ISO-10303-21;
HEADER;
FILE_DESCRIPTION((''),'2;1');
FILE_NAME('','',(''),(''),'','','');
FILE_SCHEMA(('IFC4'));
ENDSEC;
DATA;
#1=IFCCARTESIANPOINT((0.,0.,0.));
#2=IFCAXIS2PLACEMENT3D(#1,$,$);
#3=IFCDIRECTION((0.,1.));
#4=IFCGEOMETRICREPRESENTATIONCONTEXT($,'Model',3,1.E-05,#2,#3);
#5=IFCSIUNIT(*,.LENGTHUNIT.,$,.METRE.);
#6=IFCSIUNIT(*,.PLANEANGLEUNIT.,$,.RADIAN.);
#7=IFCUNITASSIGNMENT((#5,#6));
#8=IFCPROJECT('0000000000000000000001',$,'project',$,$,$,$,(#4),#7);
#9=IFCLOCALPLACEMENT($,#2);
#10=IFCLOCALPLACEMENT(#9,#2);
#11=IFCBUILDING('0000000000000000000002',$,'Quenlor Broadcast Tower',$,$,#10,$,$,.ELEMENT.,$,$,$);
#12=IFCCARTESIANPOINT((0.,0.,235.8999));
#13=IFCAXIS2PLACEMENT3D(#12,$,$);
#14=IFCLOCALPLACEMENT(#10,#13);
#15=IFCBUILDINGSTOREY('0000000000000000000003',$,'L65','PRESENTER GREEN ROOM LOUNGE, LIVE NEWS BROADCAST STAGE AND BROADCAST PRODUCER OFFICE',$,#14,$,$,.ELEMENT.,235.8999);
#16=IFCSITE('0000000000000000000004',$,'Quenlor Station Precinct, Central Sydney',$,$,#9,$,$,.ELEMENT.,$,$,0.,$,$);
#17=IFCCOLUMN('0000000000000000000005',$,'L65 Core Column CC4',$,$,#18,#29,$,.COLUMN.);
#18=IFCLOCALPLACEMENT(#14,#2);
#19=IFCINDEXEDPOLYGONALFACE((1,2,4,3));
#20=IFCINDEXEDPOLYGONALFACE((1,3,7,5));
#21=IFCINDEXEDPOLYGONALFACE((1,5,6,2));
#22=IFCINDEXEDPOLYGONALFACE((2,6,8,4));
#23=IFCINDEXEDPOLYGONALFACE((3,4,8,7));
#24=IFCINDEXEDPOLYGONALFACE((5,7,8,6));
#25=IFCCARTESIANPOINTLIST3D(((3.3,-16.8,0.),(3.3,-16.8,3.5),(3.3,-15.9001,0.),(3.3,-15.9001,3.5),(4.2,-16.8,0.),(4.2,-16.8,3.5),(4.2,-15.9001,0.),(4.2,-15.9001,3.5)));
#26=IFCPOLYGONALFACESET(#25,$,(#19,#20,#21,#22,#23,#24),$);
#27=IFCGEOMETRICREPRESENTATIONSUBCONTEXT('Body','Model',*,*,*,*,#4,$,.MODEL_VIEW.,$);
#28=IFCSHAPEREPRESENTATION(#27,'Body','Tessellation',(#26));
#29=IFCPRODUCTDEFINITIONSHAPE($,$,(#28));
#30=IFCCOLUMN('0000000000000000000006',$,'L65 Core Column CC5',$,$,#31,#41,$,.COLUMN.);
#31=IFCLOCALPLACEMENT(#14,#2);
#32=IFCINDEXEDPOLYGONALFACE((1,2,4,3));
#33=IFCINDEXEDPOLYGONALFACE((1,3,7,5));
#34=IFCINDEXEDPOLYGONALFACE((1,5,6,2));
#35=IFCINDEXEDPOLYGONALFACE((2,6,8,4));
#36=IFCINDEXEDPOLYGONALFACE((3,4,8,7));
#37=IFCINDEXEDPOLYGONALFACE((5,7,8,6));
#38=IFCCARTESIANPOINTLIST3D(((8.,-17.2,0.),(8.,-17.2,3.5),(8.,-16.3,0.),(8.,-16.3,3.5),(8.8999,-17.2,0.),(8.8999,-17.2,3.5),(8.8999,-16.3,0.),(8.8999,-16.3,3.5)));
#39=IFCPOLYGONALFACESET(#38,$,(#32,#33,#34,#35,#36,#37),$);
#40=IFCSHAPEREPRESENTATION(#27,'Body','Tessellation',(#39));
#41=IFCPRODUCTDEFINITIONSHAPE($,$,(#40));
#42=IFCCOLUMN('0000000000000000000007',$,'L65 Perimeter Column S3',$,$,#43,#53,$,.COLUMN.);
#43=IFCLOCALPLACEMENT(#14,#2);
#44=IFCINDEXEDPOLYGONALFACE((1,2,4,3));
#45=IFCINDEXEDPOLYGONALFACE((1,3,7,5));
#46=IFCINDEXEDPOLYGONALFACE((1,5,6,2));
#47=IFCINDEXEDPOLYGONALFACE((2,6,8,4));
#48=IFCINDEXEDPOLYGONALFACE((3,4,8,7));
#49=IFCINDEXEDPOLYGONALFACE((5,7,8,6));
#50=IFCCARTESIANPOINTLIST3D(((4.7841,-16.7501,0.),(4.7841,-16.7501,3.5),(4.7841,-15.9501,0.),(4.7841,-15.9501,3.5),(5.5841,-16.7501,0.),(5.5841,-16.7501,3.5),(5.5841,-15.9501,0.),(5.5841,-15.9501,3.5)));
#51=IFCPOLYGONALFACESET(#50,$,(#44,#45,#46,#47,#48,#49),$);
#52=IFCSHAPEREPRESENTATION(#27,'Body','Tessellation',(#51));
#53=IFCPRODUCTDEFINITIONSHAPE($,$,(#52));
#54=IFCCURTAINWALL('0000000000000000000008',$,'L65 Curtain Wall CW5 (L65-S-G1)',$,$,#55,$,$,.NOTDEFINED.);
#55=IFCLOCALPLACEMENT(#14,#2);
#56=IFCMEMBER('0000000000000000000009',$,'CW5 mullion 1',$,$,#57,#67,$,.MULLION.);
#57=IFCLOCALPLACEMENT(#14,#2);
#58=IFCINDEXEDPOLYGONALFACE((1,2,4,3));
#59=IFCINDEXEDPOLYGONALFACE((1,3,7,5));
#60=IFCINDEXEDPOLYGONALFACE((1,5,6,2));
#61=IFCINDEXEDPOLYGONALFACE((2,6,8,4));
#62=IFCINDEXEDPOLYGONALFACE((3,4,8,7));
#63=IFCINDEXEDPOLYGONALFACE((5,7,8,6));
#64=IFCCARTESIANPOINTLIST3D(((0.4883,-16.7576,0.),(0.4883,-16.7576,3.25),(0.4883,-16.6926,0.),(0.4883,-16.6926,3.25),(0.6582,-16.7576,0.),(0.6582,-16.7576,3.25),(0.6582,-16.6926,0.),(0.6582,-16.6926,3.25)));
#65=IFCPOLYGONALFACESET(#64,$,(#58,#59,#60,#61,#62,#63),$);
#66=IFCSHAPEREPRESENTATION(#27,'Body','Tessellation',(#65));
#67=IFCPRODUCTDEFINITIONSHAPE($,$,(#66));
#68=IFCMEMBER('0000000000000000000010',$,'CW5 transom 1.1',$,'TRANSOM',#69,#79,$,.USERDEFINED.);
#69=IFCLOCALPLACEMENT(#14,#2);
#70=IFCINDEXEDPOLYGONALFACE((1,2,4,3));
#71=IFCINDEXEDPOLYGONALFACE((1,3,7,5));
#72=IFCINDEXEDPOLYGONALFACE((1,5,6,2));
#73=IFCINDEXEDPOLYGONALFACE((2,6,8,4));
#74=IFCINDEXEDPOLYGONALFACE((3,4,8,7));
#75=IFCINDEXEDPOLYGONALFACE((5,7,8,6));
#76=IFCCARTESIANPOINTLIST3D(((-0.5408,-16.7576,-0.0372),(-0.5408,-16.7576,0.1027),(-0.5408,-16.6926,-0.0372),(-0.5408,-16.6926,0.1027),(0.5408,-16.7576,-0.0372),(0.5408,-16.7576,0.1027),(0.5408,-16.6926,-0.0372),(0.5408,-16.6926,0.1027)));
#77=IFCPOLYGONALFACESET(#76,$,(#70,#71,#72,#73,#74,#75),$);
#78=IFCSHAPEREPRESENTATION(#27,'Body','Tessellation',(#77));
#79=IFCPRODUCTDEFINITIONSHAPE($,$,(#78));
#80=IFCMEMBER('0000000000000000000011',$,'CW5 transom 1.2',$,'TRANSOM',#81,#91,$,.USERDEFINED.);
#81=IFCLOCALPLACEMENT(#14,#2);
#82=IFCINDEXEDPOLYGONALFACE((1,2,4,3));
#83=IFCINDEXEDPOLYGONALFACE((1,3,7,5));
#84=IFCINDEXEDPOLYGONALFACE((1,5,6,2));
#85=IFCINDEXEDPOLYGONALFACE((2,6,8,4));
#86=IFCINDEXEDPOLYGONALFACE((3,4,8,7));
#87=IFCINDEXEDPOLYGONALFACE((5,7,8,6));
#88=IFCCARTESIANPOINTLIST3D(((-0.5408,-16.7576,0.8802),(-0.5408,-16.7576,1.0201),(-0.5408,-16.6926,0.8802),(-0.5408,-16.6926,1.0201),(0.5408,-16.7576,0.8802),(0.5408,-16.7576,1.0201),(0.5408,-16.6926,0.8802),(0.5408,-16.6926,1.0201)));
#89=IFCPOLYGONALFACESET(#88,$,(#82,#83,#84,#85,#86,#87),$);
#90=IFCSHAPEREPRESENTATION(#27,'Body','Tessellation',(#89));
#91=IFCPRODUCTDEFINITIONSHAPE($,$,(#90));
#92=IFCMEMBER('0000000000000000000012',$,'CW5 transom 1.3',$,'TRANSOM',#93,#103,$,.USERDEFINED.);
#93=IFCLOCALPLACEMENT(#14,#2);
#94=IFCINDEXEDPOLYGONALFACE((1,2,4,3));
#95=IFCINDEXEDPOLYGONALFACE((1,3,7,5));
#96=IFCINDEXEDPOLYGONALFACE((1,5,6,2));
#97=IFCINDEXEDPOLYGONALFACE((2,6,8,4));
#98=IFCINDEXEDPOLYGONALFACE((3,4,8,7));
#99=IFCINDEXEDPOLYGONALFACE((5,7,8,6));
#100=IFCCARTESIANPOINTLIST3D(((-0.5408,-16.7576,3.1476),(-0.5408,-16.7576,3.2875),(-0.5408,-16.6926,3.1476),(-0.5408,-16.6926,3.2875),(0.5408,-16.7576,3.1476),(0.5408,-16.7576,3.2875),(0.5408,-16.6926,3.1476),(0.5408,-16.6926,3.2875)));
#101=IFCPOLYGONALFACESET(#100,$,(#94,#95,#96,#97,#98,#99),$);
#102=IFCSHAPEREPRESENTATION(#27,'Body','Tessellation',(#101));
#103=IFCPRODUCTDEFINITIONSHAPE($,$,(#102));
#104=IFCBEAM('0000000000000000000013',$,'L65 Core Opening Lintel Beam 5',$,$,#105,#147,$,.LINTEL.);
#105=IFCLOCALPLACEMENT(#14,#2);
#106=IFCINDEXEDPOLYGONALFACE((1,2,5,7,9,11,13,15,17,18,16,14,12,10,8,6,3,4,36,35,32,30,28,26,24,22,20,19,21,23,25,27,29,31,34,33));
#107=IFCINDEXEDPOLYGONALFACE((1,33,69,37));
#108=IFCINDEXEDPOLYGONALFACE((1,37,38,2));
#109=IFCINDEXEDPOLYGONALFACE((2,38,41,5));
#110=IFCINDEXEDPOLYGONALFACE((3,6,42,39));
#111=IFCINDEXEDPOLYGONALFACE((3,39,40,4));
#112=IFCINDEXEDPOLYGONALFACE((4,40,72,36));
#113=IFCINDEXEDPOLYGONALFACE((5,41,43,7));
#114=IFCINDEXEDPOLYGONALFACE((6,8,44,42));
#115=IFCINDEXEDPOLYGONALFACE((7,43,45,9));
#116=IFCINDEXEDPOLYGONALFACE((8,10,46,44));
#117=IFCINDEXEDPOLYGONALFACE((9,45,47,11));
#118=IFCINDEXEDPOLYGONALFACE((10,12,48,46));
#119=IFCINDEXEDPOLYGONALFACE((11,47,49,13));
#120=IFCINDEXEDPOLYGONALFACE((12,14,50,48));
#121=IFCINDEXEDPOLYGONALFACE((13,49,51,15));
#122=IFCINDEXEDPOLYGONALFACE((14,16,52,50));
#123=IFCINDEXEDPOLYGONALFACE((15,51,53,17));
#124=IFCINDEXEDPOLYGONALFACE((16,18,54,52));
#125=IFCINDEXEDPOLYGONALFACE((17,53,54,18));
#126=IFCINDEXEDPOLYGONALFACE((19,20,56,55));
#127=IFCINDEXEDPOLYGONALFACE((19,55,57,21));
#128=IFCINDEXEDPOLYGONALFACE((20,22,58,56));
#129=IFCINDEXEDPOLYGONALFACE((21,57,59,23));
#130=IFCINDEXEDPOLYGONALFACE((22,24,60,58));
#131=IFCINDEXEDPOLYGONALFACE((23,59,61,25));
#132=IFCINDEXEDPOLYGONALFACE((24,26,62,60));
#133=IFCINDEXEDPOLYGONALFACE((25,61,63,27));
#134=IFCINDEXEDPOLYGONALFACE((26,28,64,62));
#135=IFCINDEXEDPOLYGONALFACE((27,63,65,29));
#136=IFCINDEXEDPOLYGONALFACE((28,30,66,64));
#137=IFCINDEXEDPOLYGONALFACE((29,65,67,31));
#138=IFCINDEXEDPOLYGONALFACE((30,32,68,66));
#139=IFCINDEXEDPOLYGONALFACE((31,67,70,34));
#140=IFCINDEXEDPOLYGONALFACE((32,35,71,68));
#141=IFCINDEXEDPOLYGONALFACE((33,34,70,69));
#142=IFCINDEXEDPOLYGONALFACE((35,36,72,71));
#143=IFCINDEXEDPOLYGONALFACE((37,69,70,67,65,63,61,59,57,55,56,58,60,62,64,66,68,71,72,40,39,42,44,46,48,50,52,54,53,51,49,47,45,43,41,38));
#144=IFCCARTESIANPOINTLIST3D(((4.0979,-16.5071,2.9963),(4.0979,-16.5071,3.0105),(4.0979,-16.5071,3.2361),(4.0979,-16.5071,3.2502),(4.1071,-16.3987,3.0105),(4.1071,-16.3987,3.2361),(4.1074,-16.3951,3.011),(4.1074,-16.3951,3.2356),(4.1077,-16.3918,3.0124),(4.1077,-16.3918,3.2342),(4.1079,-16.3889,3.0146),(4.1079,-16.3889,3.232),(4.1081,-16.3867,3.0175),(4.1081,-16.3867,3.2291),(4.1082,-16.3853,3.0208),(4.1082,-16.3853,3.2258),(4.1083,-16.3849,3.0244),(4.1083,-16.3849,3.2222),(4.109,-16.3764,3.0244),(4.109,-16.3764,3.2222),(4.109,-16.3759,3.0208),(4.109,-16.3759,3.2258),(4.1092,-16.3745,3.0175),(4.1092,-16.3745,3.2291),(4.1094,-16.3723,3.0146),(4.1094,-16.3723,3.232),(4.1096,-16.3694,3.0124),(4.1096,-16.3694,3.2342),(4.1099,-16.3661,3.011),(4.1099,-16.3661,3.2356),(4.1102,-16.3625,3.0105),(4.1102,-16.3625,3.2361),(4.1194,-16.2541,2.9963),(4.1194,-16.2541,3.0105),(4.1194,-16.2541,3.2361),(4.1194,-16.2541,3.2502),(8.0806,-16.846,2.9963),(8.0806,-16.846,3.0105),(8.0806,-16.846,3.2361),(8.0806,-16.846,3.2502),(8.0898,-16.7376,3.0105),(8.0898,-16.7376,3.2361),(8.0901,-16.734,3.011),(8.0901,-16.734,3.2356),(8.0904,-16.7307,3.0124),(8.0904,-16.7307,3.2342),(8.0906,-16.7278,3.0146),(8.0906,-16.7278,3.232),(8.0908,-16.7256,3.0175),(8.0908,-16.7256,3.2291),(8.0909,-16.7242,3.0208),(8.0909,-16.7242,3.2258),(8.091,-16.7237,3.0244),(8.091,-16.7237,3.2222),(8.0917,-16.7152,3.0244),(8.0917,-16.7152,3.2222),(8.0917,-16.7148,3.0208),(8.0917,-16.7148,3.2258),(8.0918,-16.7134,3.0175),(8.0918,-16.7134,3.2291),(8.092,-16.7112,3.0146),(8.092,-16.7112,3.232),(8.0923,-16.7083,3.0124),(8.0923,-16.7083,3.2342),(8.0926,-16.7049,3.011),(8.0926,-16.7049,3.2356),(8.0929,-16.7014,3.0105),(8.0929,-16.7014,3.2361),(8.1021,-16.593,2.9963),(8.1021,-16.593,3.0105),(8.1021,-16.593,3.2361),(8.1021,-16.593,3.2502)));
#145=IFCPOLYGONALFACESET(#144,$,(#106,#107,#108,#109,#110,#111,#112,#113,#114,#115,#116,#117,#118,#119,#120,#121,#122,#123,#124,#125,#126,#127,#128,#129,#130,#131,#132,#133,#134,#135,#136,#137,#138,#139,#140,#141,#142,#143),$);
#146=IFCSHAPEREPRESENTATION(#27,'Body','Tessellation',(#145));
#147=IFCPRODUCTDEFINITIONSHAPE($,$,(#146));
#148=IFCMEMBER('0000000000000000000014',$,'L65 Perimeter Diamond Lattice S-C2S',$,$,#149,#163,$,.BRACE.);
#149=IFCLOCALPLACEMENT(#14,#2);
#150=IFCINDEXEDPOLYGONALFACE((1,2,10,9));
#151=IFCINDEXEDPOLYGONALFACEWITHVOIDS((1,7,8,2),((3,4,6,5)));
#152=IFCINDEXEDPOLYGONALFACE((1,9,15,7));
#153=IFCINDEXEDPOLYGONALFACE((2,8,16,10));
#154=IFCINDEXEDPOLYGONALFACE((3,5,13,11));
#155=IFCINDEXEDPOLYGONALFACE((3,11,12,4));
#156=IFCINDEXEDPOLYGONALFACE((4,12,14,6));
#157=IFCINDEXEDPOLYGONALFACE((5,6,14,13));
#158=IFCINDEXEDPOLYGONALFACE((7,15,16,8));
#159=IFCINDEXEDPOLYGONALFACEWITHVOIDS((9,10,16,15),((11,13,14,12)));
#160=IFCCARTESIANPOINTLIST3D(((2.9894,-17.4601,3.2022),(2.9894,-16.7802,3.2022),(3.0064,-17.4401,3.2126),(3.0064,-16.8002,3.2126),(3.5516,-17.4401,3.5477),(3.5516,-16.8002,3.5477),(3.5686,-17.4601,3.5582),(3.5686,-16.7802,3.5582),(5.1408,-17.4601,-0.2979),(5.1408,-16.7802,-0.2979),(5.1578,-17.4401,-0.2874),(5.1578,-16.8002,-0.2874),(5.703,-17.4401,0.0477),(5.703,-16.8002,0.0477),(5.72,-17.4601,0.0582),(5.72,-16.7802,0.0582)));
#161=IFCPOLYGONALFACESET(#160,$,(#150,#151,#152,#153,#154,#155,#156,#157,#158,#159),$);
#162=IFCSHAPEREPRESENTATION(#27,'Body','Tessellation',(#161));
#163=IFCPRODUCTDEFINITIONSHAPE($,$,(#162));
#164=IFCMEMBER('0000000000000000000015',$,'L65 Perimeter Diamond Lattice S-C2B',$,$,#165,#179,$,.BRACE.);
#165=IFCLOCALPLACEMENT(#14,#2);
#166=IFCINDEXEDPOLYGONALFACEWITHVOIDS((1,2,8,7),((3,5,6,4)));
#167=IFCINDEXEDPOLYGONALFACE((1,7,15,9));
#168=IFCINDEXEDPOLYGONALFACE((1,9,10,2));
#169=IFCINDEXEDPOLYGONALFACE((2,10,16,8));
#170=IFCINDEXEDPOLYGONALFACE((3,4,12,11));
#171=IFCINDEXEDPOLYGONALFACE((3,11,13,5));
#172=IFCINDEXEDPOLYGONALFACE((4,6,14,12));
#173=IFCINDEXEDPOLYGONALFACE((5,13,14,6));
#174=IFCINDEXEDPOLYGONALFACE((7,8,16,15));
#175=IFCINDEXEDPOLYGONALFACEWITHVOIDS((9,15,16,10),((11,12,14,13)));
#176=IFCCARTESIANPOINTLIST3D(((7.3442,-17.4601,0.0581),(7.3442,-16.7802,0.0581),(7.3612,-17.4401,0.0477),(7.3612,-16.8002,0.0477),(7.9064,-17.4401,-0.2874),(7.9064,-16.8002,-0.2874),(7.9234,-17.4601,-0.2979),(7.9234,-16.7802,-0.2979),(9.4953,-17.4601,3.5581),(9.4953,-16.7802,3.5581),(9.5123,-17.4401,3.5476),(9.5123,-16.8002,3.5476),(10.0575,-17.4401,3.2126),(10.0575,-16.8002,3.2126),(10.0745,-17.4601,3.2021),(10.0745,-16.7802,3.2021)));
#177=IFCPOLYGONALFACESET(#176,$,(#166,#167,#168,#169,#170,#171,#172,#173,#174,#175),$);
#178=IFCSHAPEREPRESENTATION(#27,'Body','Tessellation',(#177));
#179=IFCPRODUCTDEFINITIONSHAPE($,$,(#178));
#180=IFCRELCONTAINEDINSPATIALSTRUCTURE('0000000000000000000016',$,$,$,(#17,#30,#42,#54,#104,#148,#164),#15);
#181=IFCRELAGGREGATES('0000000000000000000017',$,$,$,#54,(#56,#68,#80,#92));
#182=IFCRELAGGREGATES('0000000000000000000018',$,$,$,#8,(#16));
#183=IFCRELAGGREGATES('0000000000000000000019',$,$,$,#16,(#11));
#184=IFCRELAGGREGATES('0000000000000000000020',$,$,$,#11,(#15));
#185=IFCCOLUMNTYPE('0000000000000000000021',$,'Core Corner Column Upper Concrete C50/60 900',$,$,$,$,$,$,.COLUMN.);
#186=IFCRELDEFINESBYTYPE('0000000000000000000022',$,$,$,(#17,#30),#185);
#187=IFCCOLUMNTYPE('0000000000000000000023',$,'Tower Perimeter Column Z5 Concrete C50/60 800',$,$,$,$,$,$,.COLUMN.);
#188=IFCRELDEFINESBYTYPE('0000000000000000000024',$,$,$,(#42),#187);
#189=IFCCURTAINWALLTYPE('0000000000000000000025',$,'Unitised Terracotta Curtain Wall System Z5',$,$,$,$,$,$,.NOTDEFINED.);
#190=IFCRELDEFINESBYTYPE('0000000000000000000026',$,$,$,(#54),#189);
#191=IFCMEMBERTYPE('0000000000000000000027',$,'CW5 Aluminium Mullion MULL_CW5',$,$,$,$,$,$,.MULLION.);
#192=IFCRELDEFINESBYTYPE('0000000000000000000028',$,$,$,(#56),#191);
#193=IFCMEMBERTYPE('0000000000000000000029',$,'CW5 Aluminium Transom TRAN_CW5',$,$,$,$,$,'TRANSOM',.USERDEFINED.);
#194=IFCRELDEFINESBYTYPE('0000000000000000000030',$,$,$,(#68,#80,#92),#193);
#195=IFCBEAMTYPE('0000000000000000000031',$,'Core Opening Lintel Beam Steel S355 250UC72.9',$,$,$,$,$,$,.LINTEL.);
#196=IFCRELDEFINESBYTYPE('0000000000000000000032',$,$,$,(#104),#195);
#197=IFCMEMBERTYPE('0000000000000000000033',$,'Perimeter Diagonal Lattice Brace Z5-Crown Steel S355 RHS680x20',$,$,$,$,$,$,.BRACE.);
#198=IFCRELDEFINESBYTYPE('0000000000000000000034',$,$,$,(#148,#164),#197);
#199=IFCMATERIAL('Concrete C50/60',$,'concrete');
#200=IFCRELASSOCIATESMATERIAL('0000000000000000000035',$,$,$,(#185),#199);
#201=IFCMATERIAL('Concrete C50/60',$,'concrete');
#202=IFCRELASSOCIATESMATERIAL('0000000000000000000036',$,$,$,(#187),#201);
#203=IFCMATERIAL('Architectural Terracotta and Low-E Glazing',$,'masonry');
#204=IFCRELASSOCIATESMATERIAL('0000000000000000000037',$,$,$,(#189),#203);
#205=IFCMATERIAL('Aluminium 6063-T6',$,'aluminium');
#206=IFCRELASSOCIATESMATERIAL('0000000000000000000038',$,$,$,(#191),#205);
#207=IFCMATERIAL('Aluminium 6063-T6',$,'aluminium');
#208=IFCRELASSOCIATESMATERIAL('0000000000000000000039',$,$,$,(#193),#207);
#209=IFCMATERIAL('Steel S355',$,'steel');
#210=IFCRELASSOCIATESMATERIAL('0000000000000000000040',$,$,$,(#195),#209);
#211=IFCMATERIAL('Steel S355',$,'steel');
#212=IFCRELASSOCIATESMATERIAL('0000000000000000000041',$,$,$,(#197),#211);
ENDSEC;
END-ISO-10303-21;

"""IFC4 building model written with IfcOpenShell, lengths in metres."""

from ifc_helpers import new_model, si_unit, direction, frame, origin, origin_2d, place, context, subcontext, project, spatial, rectangle, hollow_rectangle, i_section, extrude, material, material_profile, profile_set, type_object, element, aggregate, save


model = new_model("IFC4")

# Units and contexts
model_context = context("Model", 3, precision=1e-05, world=origin(), true_north=direction((0.0, 1.0)))
body_context = subcontext(model_context, "Body", "Model", "MODEL_VIEW")
ifc_project = project(units=[si_unit("LENGTHUNIT", "METRE"), si_unit("PLANEANGLEUNIT", "RADIAN")], contexts=[model_context])

# Site, building, storey
site_placement = place(None, origin())
site = spatial("IfcSite", under=ifc_project, at=site_placement, Name="Quenlor Station Precinct, Central Sydney", CompositionType="ELEMENT", RefElevation=0.0)
building_placement = place(site_placement, origin())
building = spatial("IfcBuilding", under=site, at=building_placement, Name="Quenlor Broadcast Tower", CompositionType="ELEMENT")
storey_placement = place(building_placement, frame((0.0, 0.0, 235.8999)))
storey = spatial("IfcBuildingStorey", under=building, at=storey_placement, Name="L65", Description="PRESENTER GREEN ROOM LOUNGE, LIVE NEWS BROADCAST STAGE AND BROADCAST PRODUCER OFFICE", CompositionType="ELEMENT", Elevation=235.8999)

# Columns
ifc_material_1 = material(Name="Concrete C50/60", Category="concrete")
ifc_material_profile_1 = material_profile(ifc_material_1, rectangle(XDim=0.8999, YDim=0.8999, at=origin_2d()))
ifc_profile_set_1 = profile_set([ifc_material_profile_1], Name="Concrete C50/60 RC900x900")
column_type_1 = type_object("IfcColumnType", Name="Core Corner Column Upper Concrete C50/60 900", PredefinedType="COLUMN", material=ifc_profile_set_1)
for number, where, z_axis, x_axis, name in (
    (1, (3.75, -16.3501, 0.0), (0.0, 0.0, 1.0), (1.0, 0.0, 0.0), "L65 Core Column CC4"),
    (2, (8.45, -16.75, 0.0), (0.0, 0.0, 1.0), (1.0, 0.0, 0.0), "L65 Core Column CC5"),
):
    element("IfcColumn", number, at=place(storey_placement, frame(where, z_axis=z_axis, x_axis=x_axis)), inside=storey, type_object=column_type_1, Name=name, PredefinedType="COLUMN", context=body_context, shape_type="SweptSolid", body=[
        extrude(rectangle(XDim=0.8999, YDim=0.8999, at=origin_2d()), origin(), (0.0, 0.0, 1.0), 3.5),
    ])
ifc_material_2 = material(Name="Concrete C50/60", Category="concrete")
ifc_material_profile_2 = material_profile(ifc_material_2, rectangle(XDim=0.8, YDim=0.8, at=origin_2d()))
ifc_profile_set_2 = profile_set([ifc_material_profile_2], Name="Concrete C50/60 RC800x800")
column_type_2 = type_object("IfcColumnType", Name="Tower Perimeter Column Z5 Concrete C50/60 800", PredefinedType="COLUMN", material=ifc_profile_set_2)
column_placement = place(storey_placement, frame((5.1841, -16.3501, 0.0), z_axis=(0.0, 0.0, 1.0), x_axis=(0.0, 1.0, 0.0)))
element("IfcColumn", 3, at=column_placement, inside=storey, type_object=column_type_2, Name="L65 Perimeter Column S3", PredefinedType="COLUMN", context=body_context, shape_type="SweptSolid", body=[
    extrude(rectangle(XDim=0.8, YDim=0.8, at=origin_2d()), origin(), (0.0, 0.0, 1.0), 3.5),
])

# Curtain wall, members
ifc_material_3 = material(Name="Architectural Terracotta and Low-E Glazing", Category="masonry")
curtain_wall_type = type_object("IfcCurtainWallType", Name="Unitised Terracotta Curtain Wall System Z5", PredefinedType="NOTDEFINED", material=ifc_material_3)
curtain_wall_placement = place(storey_placement, origin())
curtain_wall = element("IfcCurtainWall", 4, at=curtain_wall_placement, inside=storey, type_object=curtain_wall_type, Name="L65 Curtain Wall CW5 (L65-S-G1)", PredefinedType="NOTDEFINED")
ifc_material_4 = material(Name="Aluminium 6063-T6", Category="aluminium")
ifc_material_profile_3 = material_profile(ifc_material_4, rectangle(XDim=0.0649, YDim=0.1699, at=origin_2d()))
ifc_profile_set_3 = profile_set([ifc_material_profile_3], Name="Aluminium 6063-T6 MULL65x170")
member_type_1 = type_object("IfcMemberType", Name="CW5 Aluminium Mullion MULL_CW5", PredefinedType="MULLION", material=ifc_profile_set_3)
member_1_placement = place(storey_placement, frame((0.5732, -16.7251, 0.0), z_axis=(0.0, 0.0, 1.0), x_axis=(0.0, -1.0, 0.0)))
member_1 = element("IfcMember", 5, at=member_1_placement, type_object=member_type_1, Name="CW5 mullion 1", PredefinedType="MULLION", context=body_context, shape_type="SweptSolid", body=[
    extrude(rectangle(XDim=0.0649, YDim=0.1699, at=origin_2d()), origin(), (0.0, 0.0, 1.0), 3.25),
])
ifc_material_5 = material(Name="Aluminium 6063-T6", Category="aluminium")
ifc_material_profile_4 = material_profile(ifc_material_5, rectangle(XDim=0.0649, YDim=0.1399, at=origin_2d()))
ifc_profile_set_4 = profile_set([ifc_material_profile_4], Name="Aluminium 6063-T6 TRAN65x140")
member_type_2 = type_object("IfcMemberType", Name="CW5 Aluminium Transom TRAN_CW5", ElementType="TRANSOM", PredefinedType="USERDEFINED", material=ifc_profile_set_4)
member_2_placement = place(storey_placement, frame((0.5408, -16.7251, 0.0327), z_axis=(-1.0, 0.0, 0.0), x_axis=(0.0, -1.0, 0.0)))
member_2 = element("IfcMember", 6, at=member_2_placement, type_object=member_type_2, Name="CW5 transom 1.1", ObjectType="TRANSOM", PredefinedType="USERDEFINED", context=body_context, shape_type="SweptSolid", body=[
    extrude(rectangle(XDim=0.0649, YDim=0.1399, at=origin_2d()), origin(), (0.0, 0.0, 1.0), 1.0815),
])
member_3_placement = place(storey_placement, frame((0.5408, -16.7251, 0.9502), z_axis=(-1.0, 0.0, 0.0), x_axis=(0.0, -1.0, 0.0)))
member_3 = element("IfcMember", 7, at=member_3_placement, type_object=member_type_2, Name="CW5 transom 1.2", ObjectType="TRANSOM", PredefinedType="USERDEFINED", context=body_context, shape_type="SweptSolid", body=[
    extrude(rectangle(XDim=0.0649, YDim=0.1399, at=origin_2d()), origin(), (0.0, 0.0, 1.0), 1.0815),
])
member_4_placement = place(storey_placement, frame((0.5408, -16.7251, 3.2175), z_axis=(-1.0, 0.0, 0.0), x_axis=(0.0, -1.0, 0.0)))
member_4 = element("IfcMember", 8, at=member_4_placement, type_object=member_type_2, Name="CW5 transom 1.3", ObjectType="TRANSOM", PredefinedType="USERDEFINED", context=body_context, shape_type="SweptSolid", body=[
    extrude(rectangle(XDim=0.0649, YDim=0.1399, at=origin_2d()), origin(), (0.0, 0.0, 1.0), 1.0815),
])
aggregate(curtain_wall, [member_1, member_2, member_3, member_4])

# Beam
ifc_material_6 = material(Name="Steel S355", Category="steel")
ifc_material_profile_5 = material_profile(ifc_material_6, i_section(OverallWidth=0.2539, OverallDepth=0.2539, WebThickness=0.0085, FlangeThickness=0.0142, FilletRadius=0.0139, at=origin_2d()))
ifc_profile_set_5 = profile_set([ifc_material_profile_5], Name="Steel S355 250UC72.9")
beam_type_1 = type_object("IfcBeamType", Name="Core Opening Lintel Beam Steel S355 250UC72.9", PredefinedType="LINTEL", material=ifc_profile_set_5)
beam_1_placement = place(storey_placement, frame((4.1086, -16.3806, 3.1233), z_axis=(0.9964, -0.084779, 0.0), x_axis=(0.084779, 0.9964, 0.0)))
element("IfcBeam", 9, at=beam_1_placement, inside=storey, type_object=beam_type_1, Name="L65 Core Opening Lintel Beam 5", PredefinedType="LINTEL", context=body_context, shape_type="SweptSolid", body=[
    extrude(i_section(OverallWidth=0.2539, OverallDepth=0.2539, WebThickness=0.0085, FlangeThickness=0.0142, FilletRadius=0.0139, at=origin_2d()), origin(), (0.0, 0.0, 1.0), 3.9971),
])

# Members
ifc_material_7 = material(Name="Steel S355", Category="steel")
ifc_material_profile_6 = material_profile(ifc_material_7, hollow_rectangle(XDim=0.6799, YDim=0.6799, WallThickness=0.02, at=origin_2d()))
ifc_profile_set_6 = profile_set([ifc_material_profile_6], Name="Steel S355 RHS680x680x20")
member_type_3 = type_object("IfcMemberType", Name="Perimeter Diagonal Lattice Brace Z5-Crown Steel S355 RHS680x20", PredefinedType="BRACE", material=ifc_profile_set_6)
member_5_placement = place(storey_placement, frame((5.4304, -17.1201, -0.1199), z_axis=(-0.52366, 0.0, 0.851928), x_axis=(0.0, -1.0, 0.0)))
element("IfcMember", 10, at=member_5_placement, inside=storey, type_object=member_type_3, Name="L65 Perimeter Diamond Lattice S-C2S", PredefinedType="BRACE", context=body_context, shape_type="SweptSolid", body=[
    extrude(hollow_rectangle(XDim=0.6799, YDim=0.6799, WallThickness=0.02, at=origin_2d()), origin(), (0.0, 0.0, 1.0), 4.1084),
])
for number, where, z_axis, x_axis, name in (
    (11, (7.6338, -17.1201, -0.1199), (0.523617, 0.0, 0.851954), (0.0, 1.0, 0.0), "L65 Perimeter Diamond Lattice S-C2B"),
):
    element("IfcMember", number, at=place(storey_placement, frame(where, z_axis=z_axis, x_axis=x_axis)), inside=storey, type_object=member_type_3, Name=name, PredefinedType="BRACE", context=body_context, shape_type="SweptSolid", body=[
        extrude(hollow_rectangle(XDim=0.6799, YDim=0.6799, WallThickness=0.02, at=origin_2d()), origin(), (0.0, 0.0, 1.0), 4.1082),
    ])

save(model, "model.ifc")
